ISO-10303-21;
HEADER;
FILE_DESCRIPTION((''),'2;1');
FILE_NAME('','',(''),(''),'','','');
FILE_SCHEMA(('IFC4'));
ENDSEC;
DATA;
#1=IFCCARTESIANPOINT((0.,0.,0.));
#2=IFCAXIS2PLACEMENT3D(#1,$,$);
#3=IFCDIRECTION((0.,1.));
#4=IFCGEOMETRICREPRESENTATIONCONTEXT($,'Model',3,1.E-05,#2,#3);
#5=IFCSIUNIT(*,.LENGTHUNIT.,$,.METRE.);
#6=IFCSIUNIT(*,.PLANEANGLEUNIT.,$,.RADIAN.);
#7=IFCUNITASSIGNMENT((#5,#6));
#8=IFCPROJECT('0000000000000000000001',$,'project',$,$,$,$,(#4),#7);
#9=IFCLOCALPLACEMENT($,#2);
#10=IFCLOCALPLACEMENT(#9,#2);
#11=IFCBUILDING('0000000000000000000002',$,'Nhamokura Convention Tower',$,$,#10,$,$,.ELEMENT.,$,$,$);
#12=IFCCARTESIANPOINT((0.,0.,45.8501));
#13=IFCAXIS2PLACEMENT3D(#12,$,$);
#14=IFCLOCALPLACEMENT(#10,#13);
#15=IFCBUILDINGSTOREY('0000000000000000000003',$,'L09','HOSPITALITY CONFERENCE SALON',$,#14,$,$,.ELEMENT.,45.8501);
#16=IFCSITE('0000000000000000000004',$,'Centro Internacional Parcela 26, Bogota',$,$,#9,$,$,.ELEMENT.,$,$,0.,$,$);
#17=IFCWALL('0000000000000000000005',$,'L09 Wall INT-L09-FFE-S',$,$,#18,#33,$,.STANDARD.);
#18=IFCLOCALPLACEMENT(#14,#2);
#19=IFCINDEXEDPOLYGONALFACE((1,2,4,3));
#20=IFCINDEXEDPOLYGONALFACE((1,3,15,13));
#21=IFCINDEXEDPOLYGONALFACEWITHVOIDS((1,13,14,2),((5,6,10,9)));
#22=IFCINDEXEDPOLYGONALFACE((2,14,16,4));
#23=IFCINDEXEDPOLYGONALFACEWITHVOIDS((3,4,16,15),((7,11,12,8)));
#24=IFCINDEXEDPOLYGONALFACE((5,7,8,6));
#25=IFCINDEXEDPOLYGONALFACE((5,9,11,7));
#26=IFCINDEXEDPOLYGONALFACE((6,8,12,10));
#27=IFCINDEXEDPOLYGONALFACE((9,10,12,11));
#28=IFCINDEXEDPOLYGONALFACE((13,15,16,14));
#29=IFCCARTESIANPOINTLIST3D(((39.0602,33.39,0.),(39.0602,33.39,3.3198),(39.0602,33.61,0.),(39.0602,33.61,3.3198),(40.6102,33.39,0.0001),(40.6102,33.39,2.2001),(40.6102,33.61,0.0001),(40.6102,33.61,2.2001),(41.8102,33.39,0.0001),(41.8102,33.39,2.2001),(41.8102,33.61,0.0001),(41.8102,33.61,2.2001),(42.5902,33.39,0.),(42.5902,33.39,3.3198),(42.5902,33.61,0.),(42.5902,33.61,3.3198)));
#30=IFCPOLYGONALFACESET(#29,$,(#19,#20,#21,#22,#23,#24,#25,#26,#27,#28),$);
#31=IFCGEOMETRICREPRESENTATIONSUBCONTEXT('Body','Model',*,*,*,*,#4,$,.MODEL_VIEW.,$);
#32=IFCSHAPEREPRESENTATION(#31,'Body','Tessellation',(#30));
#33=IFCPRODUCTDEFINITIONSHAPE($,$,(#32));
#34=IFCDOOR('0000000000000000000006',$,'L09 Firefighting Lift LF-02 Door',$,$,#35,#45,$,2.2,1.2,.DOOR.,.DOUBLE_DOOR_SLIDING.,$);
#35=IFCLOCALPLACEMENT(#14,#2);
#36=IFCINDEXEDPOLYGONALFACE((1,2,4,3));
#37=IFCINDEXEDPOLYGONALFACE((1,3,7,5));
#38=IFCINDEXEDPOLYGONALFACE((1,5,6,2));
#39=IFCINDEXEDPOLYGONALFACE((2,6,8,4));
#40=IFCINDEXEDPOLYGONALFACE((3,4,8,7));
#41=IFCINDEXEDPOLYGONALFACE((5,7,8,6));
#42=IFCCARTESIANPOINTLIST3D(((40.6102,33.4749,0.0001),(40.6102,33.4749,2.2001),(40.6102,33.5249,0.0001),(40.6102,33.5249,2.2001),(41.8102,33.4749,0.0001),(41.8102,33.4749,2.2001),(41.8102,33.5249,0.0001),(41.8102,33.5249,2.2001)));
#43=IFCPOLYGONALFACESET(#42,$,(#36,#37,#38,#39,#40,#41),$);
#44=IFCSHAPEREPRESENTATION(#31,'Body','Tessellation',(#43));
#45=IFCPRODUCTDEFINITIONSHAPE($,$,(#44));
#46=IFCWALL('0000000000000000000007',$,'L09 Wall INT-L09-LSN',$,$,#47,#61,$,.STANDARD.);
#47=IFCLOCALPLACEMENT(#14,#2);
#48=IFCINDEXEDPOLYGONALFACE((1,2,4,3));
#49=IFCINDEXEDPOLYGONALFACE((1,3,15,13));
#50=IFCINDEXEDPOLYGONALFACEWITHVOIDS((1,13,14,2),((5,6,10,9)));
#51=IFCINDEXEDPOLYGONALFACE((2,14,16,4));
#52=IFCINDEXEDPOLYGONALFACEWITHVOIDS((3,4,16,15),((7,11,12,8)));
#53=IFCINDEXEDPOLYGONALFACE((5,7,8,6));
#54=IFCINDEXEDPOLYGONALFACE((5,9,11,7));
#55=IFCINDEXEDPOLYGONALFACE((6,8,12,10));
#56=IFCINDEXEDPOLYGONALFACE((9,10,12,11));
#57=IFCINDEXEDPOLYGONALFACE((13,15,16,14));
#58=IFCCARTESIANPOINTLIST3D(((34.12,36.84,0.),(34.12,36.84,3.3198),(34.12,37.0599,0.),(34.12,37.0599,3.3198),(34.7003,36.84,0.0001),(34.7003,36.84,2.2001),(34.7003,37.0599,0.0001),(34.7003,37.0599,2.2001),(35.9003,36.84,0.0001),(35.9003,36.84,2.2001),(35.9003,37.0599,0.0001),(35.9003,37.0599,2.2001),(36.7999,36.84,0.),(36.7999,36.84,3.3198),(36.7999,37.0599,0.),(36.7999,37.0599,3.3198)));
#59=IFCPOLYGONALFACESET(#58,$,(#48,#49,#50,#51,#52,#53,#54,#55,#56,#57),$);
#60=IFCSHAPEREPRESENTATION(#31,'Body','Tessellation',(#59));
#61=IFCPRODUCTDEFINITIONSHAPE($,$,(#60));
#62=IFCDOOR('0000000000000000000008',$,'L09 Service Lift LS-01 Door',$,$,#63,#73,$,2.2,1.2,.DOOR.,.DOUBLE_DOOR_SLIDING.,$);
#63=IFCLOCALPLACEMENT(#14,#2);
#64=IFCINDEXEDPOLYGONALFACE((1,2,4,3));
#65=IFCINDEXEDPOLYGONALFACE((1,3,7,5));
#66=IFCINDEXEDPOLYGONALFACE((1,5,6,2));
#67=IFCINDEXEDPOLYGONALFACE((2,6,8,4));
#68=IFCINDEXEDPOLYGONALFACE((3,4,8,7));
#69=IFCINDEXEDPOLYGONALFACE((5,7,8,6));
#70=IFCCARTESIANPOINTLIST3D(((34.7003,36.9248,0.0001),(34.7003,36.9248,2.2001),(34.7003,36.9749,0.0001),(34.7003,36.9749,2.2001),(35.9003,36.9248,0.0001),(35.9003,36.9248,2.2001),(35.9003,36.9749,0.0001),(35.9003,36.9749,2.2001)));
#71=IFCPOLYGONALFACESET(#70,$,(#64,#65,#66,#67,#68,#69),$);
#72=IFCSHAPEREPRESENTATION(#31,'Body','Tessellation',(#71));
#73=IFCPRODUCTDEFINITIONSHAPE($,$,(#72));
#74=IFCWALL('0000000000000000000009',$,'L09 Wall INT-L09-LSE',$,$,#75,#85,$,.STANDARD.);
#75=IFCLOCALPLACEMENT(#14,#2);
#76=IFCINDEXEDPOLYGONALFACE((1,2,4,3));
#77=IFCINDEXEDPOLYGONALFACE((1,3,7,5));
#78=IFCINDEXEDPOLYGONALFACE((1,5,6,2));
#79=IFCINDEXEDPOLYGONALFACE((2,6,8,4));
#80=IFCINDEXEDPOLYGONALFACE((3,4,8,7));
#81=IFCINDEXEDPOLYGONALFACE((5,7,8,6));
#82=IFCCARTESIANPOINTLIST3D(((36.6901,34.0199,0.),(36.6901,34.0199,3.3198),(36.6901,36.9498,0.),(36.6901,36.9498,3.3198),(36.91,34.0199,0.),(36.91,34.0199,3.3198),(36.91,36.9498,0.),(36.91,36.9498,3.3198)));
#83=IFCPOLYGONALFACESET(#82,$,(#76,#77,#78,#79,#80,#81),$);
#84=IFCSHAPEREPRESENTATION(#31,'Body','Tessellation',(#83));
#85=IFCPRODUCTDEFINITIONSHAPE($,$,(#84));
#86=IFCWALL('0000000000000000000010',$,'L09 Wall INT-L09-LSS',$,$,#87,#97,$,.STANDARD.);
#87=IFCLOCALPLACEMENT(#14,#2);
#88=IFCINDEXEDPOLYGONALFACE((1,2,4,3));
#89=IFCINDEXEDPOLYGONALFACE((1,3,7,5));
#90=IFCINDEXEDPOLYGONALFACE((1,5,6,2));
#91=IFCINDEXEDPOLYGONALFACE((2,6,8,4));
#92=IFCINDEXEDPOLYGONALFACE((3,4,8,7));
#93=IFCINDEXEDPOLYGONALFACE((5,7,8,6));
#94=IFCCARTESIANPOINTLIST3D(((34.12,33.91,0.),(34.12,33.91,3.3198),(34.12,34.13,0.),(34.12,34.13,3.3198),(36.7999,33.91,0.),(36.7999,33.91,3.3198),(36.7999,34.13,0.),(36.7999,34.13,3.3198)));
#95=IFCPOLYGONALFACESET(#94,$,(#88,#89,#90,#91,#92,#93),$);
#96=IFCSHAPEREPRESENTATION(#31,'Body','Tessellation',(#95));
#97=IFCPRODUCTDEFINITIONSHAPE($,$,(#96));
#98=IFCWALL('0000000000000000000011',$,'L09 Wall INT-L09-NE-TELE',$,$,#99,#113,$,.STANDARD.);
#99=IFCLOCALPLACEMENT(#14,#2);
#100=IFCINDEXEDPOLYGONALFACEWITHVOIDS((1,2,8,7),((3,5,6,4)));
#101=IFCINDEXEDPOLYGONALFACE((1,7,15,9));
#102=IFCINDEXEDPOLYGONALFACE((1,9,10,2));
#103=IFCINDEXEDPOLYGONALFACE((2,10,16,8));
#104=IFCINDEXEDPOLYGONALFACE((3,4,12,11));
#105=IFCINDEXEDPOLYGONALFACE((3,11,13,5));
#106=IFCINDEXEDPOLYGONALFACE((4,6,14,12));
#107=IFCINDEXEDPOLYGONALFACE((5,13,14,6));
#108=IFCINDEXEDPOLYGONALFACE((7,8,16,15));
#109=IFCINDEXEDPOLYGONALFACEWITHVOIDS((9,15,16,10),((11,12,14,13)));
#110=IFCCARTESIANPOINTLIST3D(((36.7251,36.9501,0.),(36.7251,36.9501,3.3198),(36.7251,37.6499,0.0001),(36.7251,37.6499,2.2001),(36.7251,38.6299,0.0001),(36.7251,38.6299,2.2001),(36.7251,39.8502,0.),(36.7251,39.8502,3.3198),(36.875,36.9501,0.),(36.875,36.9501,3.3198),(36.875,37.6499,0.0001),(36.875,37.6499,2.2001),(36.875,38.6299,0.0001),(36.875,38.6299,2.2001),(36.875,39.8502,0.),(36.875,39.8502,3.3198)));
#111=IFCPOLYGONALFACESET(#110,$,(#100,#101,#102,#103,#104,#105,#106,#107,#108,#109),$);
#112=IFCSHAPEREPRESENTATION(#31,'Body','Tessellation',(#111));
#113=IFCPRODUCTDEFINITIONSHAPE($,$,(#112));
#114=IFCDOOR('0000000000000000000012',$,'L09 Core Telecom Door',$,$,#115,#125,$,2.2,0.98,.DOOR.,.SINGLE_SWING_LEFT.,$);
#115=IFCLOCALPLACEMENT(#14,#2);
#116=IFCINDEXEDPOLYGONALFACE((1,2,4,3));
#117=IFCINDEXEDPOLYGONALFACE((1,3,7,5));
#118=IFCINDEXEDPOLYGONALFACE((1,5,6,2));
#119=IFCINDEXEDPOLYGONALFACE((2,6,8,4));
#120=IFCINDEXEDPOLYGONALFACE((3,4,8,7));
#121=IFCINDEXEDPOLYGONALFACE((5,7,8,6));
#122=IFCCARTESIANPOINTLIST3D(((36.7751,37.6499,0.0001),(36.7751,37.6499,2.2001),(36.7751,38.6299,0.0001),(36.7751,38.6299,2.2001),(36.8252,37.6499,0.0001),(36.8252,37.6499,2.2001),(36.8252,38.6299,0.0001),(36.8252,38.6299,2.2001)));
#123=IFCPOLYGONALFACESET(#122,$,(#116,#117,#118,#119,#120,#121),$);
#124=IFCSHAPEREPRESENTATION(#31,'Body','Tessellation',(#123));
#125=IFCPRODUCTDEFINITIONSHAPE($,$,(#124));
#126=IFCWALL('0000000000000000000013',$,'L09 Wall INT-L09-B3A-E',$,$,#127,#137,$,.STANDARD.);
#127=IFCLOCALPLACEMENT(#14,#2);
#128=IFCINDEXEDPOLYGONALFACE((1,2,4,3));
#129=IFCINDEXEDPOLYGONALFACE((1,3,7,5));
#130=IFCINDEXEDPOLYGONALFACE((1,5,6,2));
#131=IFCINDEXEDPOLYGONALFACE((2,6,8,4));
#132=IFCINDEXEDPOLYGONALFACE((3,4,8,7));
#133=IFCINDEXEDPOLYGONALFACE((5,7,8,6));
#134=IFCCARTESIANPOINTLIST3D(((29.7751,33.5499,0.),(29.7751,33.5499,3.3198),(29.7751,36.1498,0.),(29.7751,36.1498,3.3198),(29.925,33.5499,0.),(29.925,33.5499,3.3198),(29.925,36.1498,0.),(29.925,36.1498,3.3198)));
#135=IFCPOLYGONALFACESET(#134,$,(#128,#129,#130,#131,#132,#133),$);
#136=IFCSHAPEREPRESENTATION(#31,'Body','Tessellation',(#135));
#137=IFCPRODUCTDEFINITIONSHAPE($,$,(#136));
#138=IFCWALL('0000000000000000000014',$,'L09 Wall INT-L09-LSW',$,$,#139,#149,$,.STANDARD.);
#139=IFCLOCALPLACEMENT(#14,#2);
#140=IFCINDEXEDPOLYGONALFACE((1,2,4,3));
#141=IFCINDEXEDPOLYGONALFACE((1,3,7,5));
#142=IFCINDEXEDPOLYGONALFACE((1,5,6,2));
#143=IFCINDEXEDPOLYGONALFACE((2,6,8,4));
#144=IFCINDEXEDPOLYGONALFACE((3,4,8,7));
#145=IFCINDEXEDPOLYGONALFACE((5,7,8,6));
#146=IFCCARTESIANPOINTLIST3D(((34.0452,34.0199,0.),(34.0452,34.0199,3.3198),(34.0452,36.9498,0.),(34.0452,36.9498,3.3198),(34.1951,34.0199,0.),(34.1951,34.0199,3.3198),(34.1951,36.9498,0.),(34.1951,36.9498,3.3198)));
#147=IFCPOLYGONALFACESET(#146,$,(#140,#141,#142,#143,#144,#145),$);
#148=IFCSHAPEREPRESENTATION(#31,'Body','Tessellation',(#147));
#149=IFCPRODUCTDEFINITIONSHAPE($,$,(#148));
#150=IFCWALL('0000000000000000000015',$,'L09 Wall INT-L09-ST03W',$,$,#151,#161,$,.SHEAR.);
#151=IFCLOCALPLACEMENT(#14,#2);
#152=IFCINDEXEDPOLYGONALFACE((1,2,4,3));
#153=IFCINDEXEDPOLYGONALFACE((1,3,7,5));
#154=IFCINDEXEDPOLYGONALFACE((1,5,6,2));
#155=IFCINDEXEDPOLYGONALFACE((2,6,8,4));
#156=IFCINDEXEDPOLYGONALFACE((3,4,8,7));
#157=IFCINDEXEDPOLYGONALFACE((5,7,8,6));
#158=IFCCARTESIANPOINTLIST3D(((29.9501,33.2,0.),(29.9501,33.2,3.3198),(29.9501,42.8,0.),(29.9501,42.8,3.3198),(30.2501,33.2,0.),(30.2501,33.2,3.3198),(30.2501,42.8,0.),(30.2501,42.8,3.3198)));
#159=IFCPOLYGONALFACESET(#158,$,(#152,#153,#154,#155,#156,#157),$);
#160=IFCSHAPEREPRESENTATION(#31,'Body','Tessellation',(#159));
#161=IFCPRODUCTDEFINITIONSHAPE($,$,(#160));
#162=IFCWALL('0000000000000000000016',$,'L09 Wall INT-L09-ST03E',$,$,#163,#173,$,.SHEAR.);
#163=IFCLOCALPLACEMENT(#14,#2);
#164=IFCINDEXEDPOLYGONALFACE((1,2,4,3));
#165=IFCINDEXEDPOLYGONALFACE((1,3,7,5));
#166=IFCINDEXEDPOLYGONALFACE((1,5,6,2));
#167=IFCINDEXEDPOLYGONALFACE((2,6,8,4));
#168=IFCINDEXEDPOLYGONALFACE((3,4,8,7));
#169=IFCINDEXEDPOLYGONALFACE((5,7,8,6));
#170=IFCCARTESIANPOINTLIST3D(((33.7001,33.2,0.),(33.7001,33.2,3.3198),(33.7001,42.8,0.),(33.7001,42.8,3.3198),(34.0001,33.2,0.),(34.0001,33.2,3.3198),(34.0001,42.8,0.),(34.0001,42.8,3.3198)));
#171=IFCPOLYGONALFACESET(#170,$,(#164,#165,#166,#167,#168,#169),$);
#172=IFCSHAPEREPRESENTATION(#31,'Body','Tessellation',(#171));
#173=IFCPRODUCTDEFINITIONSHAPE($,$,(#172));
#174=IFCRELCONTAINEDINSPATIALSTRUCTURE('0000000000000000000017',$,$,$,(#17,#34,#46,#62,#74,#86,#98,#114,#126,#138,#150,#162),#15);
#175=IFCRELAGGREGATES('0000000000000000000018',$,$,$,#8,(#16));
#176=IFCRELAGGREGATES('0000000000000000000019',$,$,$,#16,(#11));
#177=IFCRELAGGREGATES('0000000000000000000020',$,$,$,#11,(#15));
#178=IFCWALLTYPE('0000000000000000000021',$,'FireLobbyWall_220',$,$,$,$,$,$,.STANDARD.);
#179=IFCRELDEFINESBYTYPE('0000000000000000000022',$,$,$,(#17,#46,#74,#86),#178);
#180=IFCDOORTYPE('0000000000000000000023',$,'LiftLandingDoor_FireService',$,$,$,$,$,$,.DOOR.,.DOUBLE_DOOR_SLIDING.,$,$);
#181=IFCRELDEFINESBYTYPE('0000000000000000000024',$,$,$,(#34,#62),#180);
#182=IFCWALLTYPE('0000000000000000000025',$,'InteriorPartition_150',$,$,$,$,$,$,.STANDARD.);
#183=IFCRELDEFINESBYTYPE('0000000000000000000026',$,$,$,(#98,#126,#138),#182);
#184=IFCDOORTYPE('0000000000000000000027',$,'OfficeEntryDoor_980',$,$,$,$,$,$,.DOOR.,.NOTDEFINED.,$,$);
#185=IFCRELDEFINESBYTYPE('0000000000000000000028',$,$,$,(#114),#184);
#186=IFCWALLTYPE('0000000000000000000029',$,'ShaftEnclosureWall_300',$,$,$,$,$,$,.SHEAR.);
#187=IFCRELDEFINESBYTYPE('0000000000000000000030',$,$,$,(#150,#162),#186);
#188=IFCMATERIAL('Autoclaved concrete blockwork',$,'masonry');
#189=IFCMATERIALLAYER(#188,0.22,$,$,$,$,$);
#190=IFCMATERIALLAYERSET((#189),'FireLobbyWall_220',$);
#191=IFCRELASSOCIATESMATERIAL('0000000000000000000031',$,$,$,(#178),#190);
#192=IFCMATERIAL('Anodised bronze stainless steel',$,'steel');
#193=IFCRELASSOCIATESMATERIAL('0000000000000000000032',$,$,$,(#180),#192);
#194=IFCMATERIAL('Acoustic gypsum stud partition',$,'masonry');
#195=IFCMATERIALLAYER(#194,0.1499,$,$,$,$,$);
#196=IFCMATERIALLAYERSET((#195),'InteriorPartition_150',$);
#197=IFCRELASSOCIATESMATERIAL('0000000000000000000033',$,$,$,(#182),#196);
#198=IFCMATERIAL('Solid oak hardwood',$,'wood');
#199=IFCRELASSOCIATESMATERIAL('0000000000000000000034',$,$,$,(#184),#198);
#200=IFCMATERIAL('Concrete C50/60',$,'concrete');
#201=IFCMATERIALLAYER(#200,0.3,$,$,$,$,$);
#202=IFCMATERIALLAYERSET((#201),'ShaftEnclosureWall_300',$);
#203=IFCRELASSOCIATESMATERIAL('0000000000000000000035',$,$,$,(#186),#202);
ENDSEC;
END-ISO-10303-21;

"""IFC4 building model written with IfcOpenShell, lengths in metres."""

from ifc_helpers import new_model, si_unit, direction, frame, frame_2d, origin, place, context, subcontext, project, spatial, rectangle, extrude, material, layer, layer_set, type_object, element, fill, save


model = new_model("IFC4")

# Units and contexts
model_context = context("Model", 3, precision=1e-05, world=origin(), true_north=direction((0.0, 1.0)))
body_context = subcontext(model_context, "Body", "Model", "MODEL_VIEW")
ifc_project = project(units=[si_unit("LENGTHUNIT", "METRE"), si_unit("PLANEANGLEUNIT", "RADIAN")], contexts=[model_context])

# Site, building, storey
site_placement = place(None, origin())
site = spatial("IfcSite", under=ifc_project, at=site_placement, Name="Centro Internacional Parcela 26, Bogota", CompositionType="ELEMENT", RefElevation=0.0)
building_placement = place(site_placement, origin())
building = spatial("IfcBuilding", under=site, at=building_placement, Name="Nhamokura Convention Tower", CompositionType="ELEMENT")
storey_placement = place(building_placement, frame((0.0, 0.0, 45.8501)))
storey = spatial("IfcBuildingStorey", under=building, at=storey_placement, Name="L09", Description="HOSPITALITY CONFERENCE SALON", CompositionType="ELEMENT", Elevation=45.8501)

# Walls, openings, doors
ifc_material_1 = material(Name="Autoclaved concrete blockwork", Category="masonry")
ifc_layer_1 = layer(ifc_material_1, 0.22)
ifc_layer_set_1 = layer_set([ifc_layer_1], Name="FireLobbyWall_220")
wall_type_1 = type_object("IfcWallType", Name="FireLobbyWall_220", PredefinedType="STANDARD", material=ifc_layer_set_1)
wall_1_placement = place(storey_placement, frame((39.0601, 33.5, 0.0), z_axis=(0.0, 0.0, 1.0), x_axis=(1.0, 0.0, 0.0)))
wall_1 = element("IfcWall", 1, at=wall_1_placement, inside=storey, type_object=wall_type_1, Name="L09 Wall INT-L09-FFE-S", PredefinedType="STANDARD", context=body_context, shape_type="SweptSolid", body=[
    extrude(rectangle(XDim=3.53, YDim=0.22, at=frame_2d((1.7651, 0.0))), origin(), (0.0, 0.0, 1.0), 3.3198),
])
opening_1_placement = place(wall_1_placement, frame((1.55, 0.0, 0.0)))
opening_1 = element("IfcOpeningElement", 2, at=opening_1_placement, cuts=wall_1, PredefinedType="OPENING", context=body_context, shape_type="SweptSolid", body=[
    extrude(rectangle(XDim=1.2, YDim=2.2, at=frame_2d((0.6001, 1.1001))), frame((0.0, 0.1199, 0.0), z_axis=(0.0, -1.0, 0.0), x_axis=(1.0, 0.0, 0.0)), (0.0, 0.0, 1.0), 0.24),
])
ifc_material_2 = material(Name="Anodised bronze stainless steel", Category="steel")
door_type_1 = type_object("IfcDoorType", Name="LiftLandingDoor_FireService", OperationType="DOUBLE_DOOR_SLIDING", PredefinedType="DOOR", material=ifc_material_2)
door_1_placement = place(opening_1_placement, origin())
door_1 = element("IfcDoor", 3, at=door_1_placement, inside=storey, type_object=door_type_1, Name="L09 Firefighting Lift LF-02 Door", OperationType="DOUBLE_DOOR_SLIDING", OverallHeight=2.2, OverallWidth=1.2, PredefinedType="DOOR", context=body_context, shape_type="SweptSolid", body=[
    extrude(rectangle(XDim=1.2, YDim=2.2, at=frame_2d((0.6001, 1.1001))), frame((0.0, 0.0249, 0.0), z_axis=(0.0, -1.0, 0.0), x_axis=(1.0, 0.0, 0.0)), (0.0, 0.0, 1.0), 0.05),
])
fill(opening_1, door_1)
wall_2_placement = place(storey_placement, frame((34.1201, 36.95, 0.0), z_axis=(0.0, 0.0, 1.0), x_axis=(1.0, 0.0, 0.0)))
wall_2 = element("IfcWall", 4, at=wall_2_placement, inside=storey, type_object=wall_type_1, Name="L09 Wall INT-L09-LSN", PredefinedType="STANDARD", context=body_context, shape_type="SweptSolid", body=[
    extrude(rectangle(XDim=2.6799, YDim=0.22, at=frame_2d((1.3398, 0.0))), origin(), (0.0, 0.0, 1.0), 3.3198),
])
opening_2_placement = place(wall_2_placement, frame((0.5801, 0.0, 0.0)))
opening_2 = element("IfcOpeningElement", 5, at=opening_2_placement, cuts=wall_2, PredefinedType="OPENING", context=body_context, shape_type="SweptSolid", body=[
    extrude(rectangle(XDim=1.2, YDim=2.2, at=frame_2d((0.6001, 1.1001))), frame((0.0, 0.1199, 0.0), z_axis=(0.0, -1.0, 0.0), x_axis=(1.0, 0.0, 0.0)), (0.0, 0.0, 1.0), 0.24),
])
door_2_placement = place(opening_2_placement, origin())
door_2 = element("IfcDoor", 6, at=door_2_placement, inside=storey, type_object=door_type_1, Name="L09 Service Lift LS-01 Door", OperationType="DOUBLE_DOOR_SLIDING", OverallHeight=2.2, OverallWidth=1.2, PredefinedType="DOOR", context=body_context, shape_type="SweptSolid", body=[
    extrude(rectangle(XDim=1.2, YDim=2.2, at=frame_2d((0.6001, 1.1001))), frame((0.0, 0.0249, 0.0), z_axis=(0.0, -1.0, 0.0), x_axis=(1.0, 0.0, 0.0)), (0.0, 0.0, 1.0), 0.05),
])
fill(opening_2, door_2)

# Walls
wall_3_placement = place(storey_placement, frame((36.8, 34.02, 0.0), z_axis=(0.0, 0.0, 1.0), x_axis=(0.0, 1.0, 0.0)))
element("IfcWall", 7, at=wall_3_placement, inside=storey, type_object=wall_type_1, Name="L09 Wall INT-L09-LSE", PredefinedType="STANDARD", context=body_context, shape_type="SweptSolid", body=[
    extrude(rectangle(XDim=2.9299, YDim=0.22, at=frame_2d((1.4648, 0.0))), origin(), (0.0, 0.0, 1.0), 3.3198),
])
wall_4_placement = place(storey_placement, frame((34.1201, 34.02, 0.0), z_axis=(0.0, 0.0, 1.0), x_axis=(1.0, 0.0, 0.0)))
element("IfcWall", 8, at=wall_4_placement, inside=storey, type_object=wall_type_1, Name="L09 Wall INT-L09-LSS", PredefinedType="STANDARD", context=body_context, shape_type="SweptSolid", body=[
    extrude(rectangle(XDim=2.6799, YDim=0.22, at=frame_2d((1.3398, 0.0))), origin(), (0.0, 0.0, 1.0), 3.3198),
])

# Wall, opening, door
ifc_material_3 = material(Name="Acoustic gypsum stud partition", Category="masonry")
ifc_layer_2 = layer(ifc_material_3, 0.1499)
ifc_layer_set_2 = layer_set([ifc_layer_2], Name="InteriorPartition_150")
wall_type_2 = type_object("IfcWallType", Name="InteriorPartition_150", PredefinedType="STANDARD", material=ifc_layer_set_2)
wall_5_placement = place(storey_placement, frame((36.8, 36.95, 0.0), z_axis=(0.0, 0.0, 1.0), x_axis=(0.0, 1.0, 0.0)))
wall_5 = element("IfcWall", 9, at=wall_5_placement, inside=storey, type_object=wall_type_2, Name="L09 Wall INT-L09-NE-TELE", PredefinedType="STANDARD", context=body_context, shape_type="SweptSolid", body=[
    extrude(rectangle(XDim=2.9001, YDim=0.1499, at=frame_2d((1.4502, 0.0))), origin(), (0.0, 0.0, 1.0), 3.3198),
])
opening_3_placement = place(wall_5_placement, frame((0.7, 0.0, 0.0)))
opening_3 = element("IfcOpeningElement", 10, at=opening_3_placement, cuts=wall_5, PredefinedType="OPENING", context=body_context, shape_type="SweptSolid", body=[
    extrude(rectangle(XDim=0.98, YDim=2.2, at=frame_2d((0.49, 1.1001))), frame((0.0, 0.085, 0.0), z_axis=(0.0, -1.0, 0.0), x_axis=(1.0, 0.0, 0.0)), (0.0, 0.0, 1.0), 0.1699),
])
ifc_material_4 = material(Name="Solid oak hardwood", Category="wood")
door_type_2 = type_object("IfcDoorType", Name="OfficeEntryDoor_980", OperationType="NOTDEFINED", PredefinedType="DOOR", material=ifc_material_4)
door_3_placement = place(opening_3_placement, origin())
door_3 = element("IfcDoor", 11, at=door_3_placement, inside=storey, type_object=door_type_2, Name="L09 Core Telecom Door", OperationType="SINGLE_SWING_LEFT", OverallHeight=2.2, OverallWidth=0.98, PredefinedType="DOOR", context=body_context, shape_type="SweptSolid", body=[
    extrude(rectangle(XDim=0.98, YDim=2.2, at=frame_2d((0.49, 1.1001))), frame((0.0, 0.0249, 0.0), z_axis=(0.0, -1.0, 0.0), x_axis=(1.0, 0.0, 0.0)), (0.0, 0.0, 1.0), 0.05),
])
fill(opening_3, door_3)

# Walls
wall_6_placement = place(storey_placement, frame((29.8501, 33.55, 0.0), z_axis=(0.0, 0.0, 1.0), x_axis=(0.0, 1.0, 0.0)))
element("IfcWall", 12, at=wall_6_placement, inside=storey, type_object=wall_type_2, Name="L09 Wall INT-L09-B3A-E", PredefinedType="STANDARD", context=body_context, shape_type="SweptSolid", body=[
    extrude(rectangle(XDim=2.5999, YDim=0.1499, at=frame_2d((1.2998, 0.0))), origin(), (0.0, 0.0, 1.0), 3.3198),
])
wall_7_placement = place(storey_placement, frame((34.1201, 34.02, 0.0), z_axis=(0.0, 0.0, 1.0), x_axis=(0.0, 1.0, 0.0)))
element("IfcWall", 13, at=wall_7_placement, inside=storey, type_object=wall_type_2, Name="L09 Wall INT-L09-LSW", PredefinedType="STANDARD", context=body_context, shape_type="SweptSolid", body=[
    extrude(rectangle(XDim=2.9299, YDim=0.1499, at=frame_2d((1.4648, 0.0))), origin(), (0.0, 0.0, 1.0), 3.3198),
])
ifc_material_5 = material(Name="Concrete C50/60", Category="concrete")
ifc_layer_3 = layer(ifc_material_5, 0.3)
ifc_layer_set_3 = layer_set([ifc_layer_3], Name="ShaftEnclosureWall_300")
wall_type_3 = type_object("IfcWallType", Name="ShaftEnclosureWall_300", PredefinedType="SHEAR", material=ifc_layer_set_3)
for number, where, z_axis, x_axis, name in (
    (14, (30.1001, 33.2, 0.0), (0.0, 0.0, 1.0), (0.0, 1.0, 0.0), "L09 Wall INT-L09-ST03W"),
    (15, (33.8501, 33.2, 0.0), (0.0, 0.0, 1.0), (0.0, 1.0, 0.0), "L09 Wall INT-L09-ST03E"),
):
    element("IfcWall", number, at=place(storey_placement, frame(where, z_axis=z_axis, x_axis=x_axis)), inside=storey, type_object=wall_type_3, Name=name, PredefinedType="SHEAR", context=body_context, shape_type="SweptSolid", body=[
        extrude(rectangle(XDim=9.6001, YDim=0.3, at=frame_2d((4.8, 0.0))), origin(), (0.0, 0.0, 1.0), 3.3198),
    ])

save(model, "model.ifc")
